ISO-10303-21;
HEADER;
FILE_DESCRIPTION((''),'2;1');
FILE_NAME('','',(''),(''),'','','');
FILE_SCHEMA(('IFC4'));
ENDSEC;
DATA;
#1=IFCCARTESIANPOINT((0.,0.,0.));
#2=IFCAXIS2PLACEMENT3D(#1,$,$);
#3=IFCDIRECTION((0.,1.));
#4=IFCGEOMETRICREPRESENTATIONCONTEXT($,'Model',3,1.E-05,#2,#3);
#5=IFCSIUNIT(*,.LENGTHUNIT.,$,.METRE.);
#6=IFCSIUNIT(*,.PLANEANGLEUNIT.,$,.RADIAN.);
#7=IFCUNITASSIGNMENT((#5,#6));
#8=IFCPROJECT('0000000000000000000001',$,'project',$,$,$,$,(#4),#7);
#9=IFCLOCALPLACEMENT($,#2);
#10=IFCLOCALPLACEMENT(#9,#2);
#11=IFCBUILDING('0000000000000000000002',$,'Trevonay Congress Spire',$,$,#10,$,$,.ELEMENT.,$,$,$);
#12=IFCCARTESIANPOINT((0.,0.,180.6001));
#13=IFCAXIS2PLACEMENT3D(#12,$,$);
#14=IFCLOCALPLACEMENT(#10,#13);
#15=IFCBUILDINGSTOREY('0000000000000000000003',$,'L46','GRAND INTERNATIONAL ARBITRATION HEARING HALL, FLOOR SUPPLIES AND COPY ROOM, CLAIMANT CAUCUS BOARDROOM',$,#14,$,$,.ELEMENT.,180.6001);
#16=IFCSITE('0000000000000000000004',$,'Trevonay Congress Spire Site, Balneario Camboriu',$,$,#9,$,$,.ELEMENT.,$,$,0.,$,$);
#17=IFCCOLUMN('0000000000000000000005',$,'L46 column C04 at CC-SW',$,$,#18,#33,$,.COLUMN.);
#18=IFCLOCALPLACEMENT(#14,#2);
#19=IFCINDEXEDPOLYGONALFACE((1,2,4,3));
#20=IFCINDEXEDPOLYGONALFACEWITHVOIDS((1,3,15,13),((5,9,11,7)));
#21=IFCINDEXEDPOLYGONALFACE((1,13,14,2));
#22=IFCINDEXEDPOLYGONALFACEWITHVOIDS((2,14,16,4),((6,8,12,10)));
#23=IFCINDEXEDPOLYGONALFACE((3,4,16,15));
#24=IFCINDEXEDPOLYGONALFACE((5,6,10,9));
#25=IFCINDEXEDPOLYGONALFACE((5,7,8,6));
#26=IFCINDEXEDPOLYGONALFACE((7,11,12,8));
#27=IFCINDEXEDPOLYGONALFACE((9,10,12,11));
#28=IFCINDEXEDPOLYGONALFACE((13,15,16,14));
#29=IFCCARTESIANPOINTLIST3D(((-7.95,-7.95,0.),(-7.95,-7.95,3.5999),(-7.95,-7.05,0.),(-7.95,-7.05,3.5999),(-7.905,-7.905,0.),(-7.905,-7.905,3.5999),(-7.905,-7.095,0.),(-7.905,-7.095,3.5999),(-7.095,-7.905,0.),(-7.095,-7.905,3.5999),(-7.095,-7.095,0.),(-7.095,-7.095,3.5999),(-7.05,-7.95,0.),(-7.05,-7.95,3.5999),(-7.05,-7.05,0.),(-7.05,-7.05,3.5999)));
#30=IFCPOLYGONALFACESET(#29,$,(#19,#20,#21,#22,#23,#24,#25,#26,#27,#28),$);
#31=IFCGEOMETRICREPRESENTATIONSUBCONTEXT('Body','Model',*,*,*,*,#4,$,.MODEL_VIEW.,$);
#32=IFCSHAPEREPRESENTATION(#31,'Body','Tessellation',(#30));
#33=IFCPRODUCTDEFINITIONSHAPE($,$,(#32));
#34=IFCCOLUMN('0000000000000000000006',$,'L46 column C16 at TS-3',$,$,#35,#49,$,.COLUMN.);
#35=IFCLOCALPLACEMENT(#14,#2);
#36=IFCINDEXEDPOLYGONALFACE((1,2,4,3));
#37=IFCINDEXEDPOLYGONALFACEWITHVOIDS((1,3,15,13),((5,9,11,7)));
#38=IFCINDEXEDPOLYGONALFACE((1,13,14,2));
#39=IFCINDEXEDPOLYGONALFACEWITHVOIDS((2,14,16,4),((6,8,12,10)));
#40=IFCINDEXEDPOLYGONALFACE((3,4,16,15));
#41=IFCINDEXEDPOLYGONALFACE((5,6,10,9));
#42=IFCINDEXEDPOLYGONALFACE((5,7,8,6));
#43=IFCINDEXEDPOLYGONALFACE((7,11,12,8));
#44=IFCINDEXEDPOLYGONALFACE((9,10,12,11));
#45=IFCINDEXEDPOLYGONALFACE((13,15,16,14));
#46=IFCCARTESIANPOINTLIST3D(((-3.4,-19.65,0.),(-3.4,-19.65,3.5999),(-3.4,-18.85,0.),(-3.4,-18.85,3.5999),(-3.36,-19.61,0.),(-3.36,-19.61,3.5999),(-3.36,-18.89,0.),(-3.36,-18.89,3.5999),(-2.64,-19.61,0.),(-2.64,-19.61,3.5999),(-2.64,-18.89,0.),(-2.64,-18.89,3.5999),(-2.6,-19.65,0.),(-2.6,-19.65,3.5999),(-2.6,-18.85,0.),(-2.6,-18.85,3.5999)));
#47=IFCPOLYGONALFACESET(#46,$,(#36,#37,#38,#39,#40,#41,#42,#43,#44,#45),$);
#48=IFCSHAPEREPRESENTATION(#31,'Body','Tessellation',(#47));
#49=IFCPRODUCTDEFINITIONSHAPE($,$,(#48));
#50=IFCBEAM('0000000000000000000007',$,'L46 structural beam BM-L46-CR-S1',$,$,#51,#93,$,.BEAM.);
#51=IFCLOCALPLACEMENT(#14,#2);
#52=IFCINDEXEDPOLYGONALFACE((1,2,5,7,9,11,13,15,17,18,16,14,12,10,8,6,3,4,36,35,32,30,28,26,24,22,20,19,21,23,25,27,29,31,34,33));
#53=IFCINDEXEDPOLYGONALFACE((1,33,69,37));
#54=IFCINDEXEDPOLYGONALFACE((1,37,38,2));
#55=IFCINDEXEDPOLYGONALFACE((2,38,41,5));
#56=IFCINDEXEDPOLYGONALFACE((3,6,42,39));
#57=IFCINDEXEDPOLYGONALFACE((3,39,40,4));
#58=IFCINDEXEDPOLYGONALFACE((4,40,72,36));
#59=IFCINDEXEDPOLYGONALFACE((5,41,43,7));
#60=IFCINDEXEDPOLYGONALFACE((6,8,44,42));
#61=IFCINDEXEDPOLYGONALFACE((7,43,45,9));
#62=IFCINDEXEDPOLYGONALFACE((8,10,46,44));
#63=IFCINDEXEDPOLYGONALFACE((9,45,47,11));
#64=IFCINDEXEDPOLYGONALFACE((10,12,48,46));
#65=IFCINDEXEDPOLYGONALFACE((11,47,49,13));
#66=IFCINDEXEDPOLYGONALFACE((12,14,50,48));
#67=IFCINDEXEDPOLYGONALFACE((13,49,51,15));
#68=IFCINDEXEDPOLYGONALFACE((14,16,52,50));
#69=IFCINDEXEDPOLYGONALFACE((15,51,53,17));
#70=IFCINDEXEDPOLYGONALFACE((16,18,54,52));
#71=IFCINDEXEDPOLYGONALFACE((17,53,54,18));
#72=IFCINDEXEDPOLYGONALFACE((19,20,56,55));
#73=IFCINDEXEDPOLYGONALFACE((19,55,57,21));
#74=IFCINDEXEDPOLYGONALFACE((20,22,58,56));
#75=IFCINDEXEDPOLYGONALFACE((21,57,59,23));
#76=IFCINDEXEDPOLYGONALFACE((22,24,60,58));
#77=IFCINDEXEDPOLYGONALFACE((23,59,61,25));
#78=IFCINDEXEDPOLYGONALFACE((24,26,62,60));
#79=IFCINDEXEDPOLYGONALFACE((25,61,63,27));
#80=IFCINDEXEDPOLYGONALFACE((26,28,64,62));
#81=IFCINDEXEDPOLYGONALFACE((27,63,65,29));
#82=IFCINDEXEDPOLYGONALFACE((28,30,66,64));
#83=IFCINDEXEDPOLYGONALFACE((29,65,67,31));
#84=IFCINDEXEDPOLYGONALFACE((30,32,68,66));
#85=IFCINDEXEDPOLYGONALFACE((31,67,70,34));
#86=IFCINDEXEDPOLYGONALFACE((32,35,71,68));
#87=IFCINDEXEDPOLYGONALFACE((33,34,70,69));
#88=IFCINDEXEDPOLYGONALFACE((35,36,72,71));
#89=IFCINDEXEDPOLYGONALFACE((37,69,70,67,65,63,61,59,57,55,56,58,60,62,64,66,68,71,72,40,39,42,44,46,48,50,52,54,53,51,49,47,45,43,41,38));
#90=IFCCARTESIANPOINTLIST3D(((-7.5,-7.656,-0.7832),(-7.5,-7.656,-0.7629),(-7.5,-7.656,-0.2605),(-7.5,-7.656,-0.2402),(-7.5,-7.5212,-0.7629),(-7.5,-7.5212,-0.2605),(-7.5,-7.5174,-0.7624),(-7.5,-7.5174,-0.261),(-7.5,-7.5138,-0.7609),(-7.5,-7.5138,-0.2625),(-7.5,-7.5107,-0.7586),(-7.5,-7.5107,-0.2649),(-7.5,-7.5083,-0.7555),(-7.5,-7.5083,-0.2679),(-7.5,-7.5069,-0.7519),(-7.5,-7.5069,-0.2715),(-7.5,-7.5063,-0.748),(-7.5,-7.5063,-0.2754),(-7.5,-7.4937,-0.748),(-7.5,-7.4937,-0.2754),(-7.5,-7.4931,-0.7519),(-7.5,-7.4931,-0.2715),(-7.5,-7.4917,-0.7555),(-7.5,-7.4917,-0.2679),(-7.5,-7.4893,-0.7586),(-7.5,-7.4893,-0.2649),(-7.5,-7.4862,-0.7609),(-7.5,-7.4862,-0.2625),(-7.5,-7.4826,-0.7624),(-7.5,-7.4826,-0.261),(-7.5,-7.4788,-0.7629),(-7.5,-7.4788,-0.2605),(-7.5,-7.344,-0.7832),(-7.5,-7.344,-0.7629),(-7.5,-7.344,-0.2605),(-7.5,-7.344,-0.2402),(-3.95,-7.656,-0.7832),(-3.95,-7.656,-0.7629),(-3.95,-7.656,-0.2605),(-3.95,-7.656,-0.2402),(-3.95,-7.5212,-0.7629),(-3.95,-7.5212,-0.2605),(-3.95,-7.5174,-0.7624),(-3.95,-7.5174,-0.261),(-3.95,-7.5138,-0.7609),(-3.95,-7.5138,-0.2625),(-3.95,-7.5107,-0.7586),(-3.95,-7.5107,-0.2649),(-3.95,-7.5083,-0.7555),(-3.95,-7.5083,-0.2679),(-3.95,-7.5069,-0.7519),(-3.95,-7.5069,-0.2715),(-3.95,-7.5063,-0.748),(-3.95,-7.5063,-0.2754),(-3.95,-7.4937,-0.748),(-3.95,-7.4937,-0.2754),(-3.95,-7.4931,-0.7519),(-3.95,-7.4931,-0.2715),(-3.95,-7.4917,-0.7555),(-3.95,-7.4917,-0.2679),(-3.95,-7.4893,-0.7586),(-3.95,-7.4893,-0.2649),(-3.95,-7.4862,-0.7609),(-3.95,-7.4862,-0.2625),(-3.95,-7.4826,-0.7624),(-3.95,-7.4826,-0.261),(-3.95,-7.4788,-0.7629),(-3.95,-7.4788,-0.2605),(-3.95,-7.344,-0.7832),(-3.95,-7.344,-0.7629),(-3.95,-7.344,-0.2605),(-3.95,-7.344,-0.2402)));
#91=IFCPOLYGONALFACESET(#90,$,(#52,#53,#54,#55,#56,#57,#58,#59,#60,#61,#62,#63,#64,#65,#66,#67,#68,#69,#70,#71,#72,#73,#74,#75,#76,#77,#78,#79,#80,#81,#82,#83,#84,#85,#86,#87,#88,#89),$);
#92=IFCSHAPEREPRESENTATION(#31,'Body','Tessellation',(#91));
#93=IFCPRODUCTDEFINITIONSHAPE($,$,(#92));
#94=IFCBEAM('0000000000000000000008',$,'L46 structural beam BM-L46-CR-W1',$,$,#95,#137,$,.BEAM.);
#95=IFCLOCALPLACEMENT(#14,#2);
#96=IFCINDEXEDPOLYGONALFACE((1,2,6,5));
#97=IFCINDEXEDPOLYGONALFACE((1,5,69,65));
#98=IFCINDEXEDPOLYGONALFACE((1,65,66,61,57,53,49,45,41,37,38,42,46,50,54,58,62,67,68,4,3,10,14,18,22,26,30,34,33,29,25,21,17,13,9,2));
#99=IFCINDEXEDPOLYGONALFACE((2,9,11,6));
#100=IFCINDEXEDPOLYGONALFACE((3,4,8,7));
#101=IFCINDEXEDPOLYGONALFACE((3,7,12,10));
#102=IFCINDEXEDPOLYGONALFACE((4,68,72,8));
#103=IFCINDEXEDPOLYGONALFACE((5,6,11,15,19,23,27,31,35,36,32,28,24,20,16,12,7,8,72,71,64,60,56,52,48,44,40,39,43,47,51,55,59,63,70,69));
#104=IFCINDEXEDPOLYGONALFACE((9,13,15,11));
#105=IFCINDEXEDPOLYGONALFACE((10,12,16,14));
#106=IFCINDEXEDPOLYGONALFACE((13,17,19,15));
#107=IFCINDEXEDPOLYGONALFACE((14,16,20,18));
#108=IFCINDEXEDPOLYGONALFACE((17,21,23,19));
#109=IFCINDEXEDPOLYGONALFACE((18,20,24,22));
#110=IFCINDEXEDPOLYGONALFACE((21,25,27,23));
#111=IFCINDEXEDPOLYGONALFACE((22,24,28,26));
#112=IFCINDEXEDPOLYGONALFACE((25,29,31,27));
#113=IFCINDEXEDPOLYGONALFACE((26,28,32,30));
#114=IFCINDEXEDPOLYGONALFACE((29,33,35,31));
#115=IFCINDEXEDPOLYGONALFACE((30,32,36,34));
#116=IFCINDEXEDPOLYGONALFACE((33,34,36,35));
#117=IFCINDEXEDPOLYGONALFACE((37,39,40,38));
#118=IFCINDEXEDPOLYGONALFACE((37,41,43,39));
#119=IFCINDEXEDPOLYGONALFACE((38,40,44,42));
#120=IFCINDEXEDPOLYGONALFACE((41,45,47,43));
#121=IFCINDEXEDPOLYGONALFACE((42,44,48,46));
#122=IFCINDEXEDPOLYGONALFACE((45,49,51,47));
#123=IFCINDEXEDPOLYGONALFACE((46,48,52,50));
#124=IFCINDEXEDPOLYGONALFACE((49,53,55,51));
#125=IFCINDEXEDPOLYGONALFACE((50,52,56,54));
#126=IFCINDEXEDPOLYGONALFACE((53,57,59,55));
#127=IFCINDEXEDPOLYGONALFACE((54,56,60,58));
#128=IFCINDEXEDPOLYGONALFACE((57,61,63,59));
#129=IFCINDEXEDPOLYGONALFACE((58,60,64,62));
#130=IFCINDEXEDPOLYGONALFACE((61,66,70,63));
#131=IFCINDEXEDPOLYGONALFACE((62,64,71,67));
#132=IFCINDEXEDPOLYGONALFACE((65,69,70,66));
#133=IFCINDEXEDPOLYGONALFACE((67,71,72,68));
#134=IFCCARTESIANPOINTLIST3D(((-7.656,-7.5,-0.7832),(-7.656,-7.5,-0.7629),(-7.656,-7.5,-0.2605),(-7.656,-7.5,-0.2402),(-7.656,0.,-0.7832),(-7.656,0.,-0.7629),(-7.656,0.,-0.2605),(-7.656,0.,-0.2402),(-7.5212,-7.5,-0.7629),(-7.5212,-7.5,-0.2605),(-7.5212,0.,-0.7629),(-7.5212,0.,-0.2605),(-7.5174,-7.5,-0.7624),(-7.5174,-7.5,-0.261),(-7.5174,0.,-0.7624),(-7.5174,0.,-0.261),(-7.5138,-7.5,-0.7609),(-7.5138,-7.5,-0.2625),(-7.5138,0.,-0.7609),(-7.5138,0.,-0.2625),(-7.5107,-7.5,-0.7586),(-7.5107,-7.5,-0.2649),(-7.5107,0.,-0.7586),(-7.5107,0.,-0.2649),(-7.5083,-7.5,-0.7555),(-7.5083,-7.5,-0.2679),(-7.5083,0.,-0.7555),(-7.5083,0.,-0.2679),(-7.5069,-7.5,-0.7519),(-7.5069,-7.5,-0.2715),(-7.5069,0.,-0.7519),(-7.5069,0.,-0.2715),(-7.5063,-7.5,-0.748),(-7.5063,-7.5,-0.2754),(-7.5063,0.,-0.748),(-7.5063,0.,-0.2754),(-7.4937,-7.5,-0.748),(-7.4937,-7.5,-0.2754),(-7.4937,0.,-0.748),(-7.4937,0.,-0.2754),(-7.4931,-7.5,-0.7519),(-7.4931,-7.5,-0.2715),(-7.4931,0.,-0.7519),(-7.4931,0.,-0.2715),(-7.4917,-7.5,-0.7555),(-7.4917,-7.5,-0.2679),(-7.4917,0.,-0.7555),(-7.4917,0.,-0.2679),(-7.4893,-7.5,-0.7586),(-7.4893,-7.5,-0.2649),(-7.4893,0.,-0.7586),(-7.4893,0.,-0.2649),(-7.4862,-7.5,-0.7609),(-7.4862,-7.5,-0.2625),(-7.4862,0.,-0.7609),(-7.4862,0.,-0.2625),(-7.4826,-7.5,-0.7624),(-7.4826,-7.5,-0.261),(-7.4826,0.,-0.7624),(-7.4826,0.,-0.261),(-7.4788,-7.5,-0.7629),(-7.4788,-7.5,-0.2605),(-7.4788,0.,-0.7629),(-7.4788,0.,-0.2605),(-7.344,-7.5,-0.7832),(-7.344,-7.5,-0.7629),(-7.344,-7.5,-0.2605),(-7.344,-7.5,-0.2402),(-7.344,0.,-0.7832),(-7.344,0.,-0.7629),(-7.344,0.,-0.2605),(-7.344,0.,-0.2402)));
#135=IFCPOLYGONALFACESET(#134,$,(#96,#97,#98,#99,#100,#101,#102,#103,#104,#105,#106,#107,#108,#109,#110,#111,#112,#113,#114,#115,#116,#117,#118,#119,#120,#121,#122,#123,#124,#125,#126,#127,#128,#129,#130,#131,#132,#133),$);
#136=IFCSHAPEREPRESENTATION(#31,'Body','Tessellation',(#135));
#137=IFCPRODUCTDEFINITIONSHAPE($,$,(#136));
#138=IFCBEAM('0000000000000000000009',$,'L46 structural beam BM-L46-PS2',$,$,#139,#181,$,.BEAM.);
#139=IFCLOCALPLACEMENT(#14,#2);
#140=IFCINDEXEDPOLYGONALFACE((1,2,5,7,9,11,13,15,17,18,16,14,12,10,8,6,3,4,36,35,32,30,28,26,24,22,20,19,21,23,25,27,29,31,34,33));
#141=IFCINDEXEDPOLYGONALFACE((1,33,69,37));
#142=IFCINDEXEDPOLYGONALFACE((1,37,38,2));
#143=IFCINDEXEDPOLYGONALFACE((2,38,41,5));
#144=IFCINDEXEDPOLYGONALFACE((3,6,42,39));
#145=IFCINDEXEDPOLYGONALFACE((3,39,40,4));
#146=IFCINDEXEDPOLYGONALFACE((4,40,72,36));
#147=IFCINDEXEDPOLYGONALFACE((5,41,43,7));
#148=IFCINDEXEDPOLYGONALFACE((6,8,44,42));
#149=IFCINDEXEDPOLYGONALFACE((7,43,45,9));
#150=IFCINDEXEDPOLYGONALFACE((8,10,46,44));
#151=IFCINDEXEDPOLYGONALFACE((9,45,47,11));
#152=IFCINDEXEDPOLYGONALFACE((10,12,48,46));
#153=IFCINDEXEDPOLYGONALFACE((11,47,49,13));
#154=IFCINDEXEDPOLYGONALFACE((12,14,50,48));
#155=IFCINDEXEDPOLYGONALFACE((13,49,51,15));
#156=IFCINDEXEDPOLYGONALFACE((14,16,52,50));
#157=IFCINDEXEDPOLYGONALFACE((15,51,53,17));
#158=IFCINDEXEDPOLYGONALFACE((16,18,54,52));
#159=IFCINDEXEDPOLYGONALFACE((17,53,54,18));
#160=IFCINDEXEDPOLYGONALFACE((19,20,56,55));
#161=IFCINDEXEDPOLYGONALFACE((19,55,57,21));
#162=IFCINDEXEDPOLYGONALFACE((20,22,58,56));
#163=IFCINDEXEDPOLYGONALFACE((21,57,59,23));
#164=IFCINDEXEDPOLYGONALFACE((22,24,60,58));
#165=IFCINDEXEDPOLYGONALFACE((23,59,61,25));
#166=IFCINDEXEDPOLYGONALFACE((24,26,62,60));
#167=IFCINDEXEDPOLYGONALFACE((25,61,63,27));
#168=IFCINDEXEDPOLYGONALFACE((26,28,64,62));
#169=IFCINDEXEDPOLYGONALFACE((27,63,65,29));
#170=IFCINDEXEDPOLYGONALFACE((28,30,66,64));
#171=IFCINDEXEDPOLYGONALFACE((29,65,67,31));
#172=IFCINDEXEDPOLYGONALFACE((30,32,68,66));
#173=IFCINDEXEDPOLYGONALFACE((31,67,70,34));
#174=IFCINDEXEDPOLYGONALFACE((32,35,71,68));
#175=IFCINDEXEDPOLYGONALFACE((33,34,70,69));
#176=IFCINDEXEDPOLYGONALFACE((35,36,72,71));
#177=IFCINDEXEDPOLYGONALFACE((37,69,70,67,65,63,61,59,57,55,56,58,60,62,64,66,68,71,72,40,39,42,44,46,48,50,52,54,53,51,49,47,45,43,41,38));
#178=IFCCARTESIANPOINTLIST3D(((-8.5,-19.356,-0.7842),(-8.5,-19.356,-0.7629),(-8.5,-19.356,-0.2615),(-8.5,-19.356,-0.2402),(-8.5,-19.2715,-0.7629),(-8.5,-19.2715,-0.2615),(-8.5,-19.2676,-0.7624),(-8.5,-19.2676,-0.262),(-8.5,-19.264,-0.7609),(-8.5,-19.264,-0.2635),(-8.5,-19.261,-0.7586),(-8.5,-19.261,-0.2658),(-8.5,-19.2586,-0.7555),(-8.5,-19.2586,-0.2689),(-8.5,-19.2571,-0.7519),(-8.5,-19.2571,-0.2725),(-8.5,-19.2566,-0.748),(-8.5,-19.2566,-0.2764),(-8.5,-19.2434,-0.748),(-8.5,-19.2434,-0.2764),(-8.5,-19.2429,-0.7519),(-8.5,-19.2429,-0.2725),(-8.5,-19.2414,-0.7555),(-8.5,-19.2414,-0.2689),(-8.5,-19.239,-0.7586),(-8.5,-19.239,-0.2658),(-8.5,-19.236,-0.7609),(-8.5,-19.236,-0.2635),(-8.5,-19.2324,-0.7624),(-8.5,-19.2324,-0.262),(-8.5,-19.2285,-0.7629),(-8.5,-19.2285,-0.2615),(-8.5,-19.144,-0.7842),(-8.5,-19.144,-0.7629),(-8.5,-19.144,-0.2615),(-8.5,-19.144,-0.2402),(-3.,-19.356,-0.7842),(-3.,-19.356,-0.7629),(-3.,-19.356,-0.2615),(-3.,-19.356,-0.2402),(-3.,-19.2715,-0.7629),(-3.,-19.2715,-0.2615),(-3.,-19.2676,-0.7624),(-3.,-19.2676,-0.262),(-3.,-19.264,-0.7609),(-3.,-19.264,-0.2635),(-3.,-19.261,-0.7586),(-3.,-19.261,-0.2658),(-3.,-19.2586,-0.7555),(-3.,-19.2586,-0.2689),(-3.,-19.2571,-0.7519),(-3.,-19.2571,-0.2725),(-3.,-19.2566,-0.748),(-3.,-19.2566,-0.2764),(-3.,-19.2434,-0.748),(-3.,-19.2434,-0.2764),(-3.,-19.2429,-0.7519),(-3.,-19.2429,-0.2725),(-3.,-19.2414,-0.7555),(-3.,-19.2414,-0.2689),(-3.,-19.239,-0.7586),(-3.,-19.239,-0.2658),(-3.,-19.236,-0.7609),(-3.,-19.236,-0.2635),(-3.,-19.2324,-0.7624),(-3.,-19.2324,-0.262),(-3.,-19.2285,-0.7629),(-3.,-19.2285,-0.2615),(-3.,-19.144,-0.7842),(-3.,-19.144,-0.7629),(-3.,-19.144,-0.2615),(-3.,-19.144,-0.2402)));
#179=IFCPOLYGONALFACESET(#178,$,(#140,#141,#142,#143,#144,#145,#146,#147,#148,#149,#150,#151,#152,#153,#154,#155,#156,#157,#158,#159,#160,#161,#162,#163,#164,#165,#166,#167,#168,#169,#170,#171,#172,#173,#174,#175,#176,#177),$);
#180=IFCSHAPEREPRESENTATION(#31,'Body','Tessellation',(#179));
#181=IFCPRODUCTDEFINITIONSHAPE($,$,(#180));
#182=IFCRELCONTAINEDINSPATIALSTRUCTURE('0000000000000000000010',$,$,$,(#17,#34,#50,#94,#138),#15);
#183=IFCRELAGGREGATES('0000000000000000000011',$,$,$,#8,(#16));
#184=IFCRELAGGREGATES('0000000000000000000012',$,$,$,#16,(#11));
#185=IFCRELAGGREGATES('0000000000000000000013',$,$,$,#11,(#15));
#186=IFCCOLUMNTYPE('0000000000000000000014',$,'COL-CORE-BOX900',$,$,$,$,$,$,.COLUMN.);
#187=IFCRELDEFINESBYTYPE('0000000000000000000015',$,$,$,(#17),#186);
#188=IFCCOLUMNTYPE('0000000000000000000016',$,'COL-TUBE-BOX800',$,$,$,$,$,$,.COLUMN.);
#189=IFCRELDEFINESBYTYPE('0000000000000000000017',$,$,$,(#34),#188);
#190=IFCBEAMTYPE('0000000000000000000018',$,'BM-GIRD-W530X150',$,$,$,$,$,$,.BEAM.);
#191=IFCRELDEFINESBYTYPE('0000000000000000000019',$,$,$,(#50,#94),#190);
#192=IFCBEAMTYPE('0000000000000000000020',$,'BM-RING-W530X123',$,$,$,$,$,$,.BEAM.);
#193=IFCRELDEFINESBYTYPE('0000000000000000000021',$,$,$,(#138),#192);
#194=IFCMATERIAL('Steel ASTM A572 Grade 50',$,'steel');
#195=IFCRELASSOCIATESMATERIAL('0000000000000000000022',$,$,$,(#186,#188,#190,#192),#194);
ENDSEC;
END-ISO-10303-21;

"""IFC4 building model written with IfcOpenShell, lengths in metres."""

from ifc_helpers import new_model, si_unit, direction, frame, origin, origin_2d, place, context, subcontext, project, spatial, hollow_rectangle, i_section, extrude, material, material_profile, profile_set, type_object, element, save


model = new_model("IFC4")

# Units and contexts
model_context = context("Model", 3, precision=1e-05, world=origin(), true_north=direction((0.0, 1.0)))
body_context = subcontext(model_context, "Body", "Model", "MODEL_VIEW")
ifc_project = project(units=[si_unit("LENGTHUNIT", "METRE"), si_unit("PLANEANGLEUNIT", "RADIAN")], contexts=[model_context])

# Site, building, storey
site_placement = place(None, origin())
site = spatial("IfcSite", under=ifc_project, at=site_placement, Name="Trevonay Congress Spire Site, Balneario Camboriu", CompositionType="ELEMENT", RefElevation=0.0)
building_placement = place(site_placement, origin())
building = spatial("IfcBuilding", under=site, at=building_placement, Name="Trevonay Congress Spire", CompositionType="ELEMENT")
storey_placement = place(building_placement, frame((0.0, 0.0, 180.6001)))
storey = spatial("IfcBuildingStorey", under=building, at=storey_placement, Name="L46", Description="GRAND INTERNATIONAL ARBITRATION HEARING HALL, FLOOR SUPPLIES AND COPY ROOM, CLAIMANT CAUCUS BOARDROOM", CompositionType="ELEMENT", Elevation=180.6001)

# Columns
ifc_material_1 = material(Name="Steel ASTM A572 Grade 50", Category="steel")
ifc_material_profile_1 = material_profile(ifc_material_1, hollow_rectangle(XDim=0.8999, YDim=0.8999, WallThickness=0.0449, at=origin_2d()), Name="BOX 900x900x45")
ifc_profile_set_1 = profile_set([ifc_material_profile_1], Name="Steel ASTM A572 Grade 50")
column_type_1 = type_object("IfcColumnType", Name="COL-CORE-BOX900", PredefinedType="COLUMN", material=ifc_profile_set_1)
column_1_placement = place(storey_placement, frame((-7.5, -7.5, 0.0), z_axis=(0.0, 0.0, 1.0), x_axis=(1.0, 0.0, 0.0)))
element("IfcColumn", 1, at=column_1_placement, inside=storey, type_object=column_type_1, Name="L46 column C04 at CC-SW", PredefinedType="COLUMN", context=body_context, shape_type="SweptSolid", body=[
    extrude(hollow_rectangle(XDim=0.8999, YDim=0.8999, WallThickness=0.0449, at=origin_2d()), origin(), (0.0, 0.0, 1.0), 3.5999),
])
ifc_material_profile_2 = material_profile(ifc_material_1, hollow_rectangle(XDim=0.8, YDim=0.8, WallThickness=0.04, at=origin_2d()), Name="BOX 800x800x40")
ifc_profile_set_2 = profile_set([ifc_material_profile_2], Name="Steel ASTM A572 Grade 50")
column_type_2 = type_object("IfcColumnType", Name="COL-TUBE-BOX800", PredefinedType="COLUMN", material=ifc_profile_set_2)
column_2_placement = place(storey_placement, frame((-3.0, -19.25, 0.0), z_axis=(0.0, 0.0, 1.0), x_axis=(1.0, 0.0, 0.0)))
element("IfcColumn", 2, at=column_2_placement, inside=storey, type_object=column_type_2, Name="L46 column C16 at TS-3", PredefinedType="COLUMN", context=body_context, shape_type="SweptSolid", body=[
    extrude(hollow_rectangle(XDim=0.8, YDim=0.8, WallThickness=0.04, at=origin_2d()), origin(), (0.0, 0.0, 1.0), 3.5999),
])

# Beams
ifc_material_profile_3 = material_profile(ifc_material_1, i_section(OverallWidth=0.312, OverallDepth=0.543, WebThickness=0.0127, FlangeThickness=0.0203, FilletRadius=0.0149, at=origin_2d()), Name="W530x150")
ifc_profile_set_3 = profile_set([ifc_material_profile_3], Name="Steel ASTM A572 Grade 50")
beam_type_1 = type_object("IfcBeamType", Name="BM-GIRD-W530X150", PredefinedType="BEAM", material=ifc_profile_set_3)
beam_1_placement = place(storey_placement, frame((-7.5, -7.5, -0.5117), z_axis=(1.0, 0.0, 0.0), x_axis=(0.0, 1.0, 0.0)))
element("IfcBeam", 3, at=beam_1_placement, inside=storey, type_object=beam_type_1, Name="L46 structural beam BM-L46-CR-S1", PredefinedType="BEAM", context=body_context, shape_type="SweptSolid", body=[
    extrude(i_section(OverallWidth=0.312, OverallDepth=0.543, WebThickness=0.0127, FlangeThickness=0.0203, FilletRadius=0.0149, at=origin_2d()), origin(), (0.0, 0.0, 1.0), 3.55),
])
beam_2_placement = place(storey_placement, frame((-7.5, -7.5, -0.5117), z_axis=(0.0, 1.0, 0.0), x_axis=(-1.0, 0.0, 0.0)))
element("IfcBeam", 4, at=beam_2_placement, inside=storey, type_object=beam_type_1, Name="L46 structural beam BM-L46-CR-W1", PredefinedType="BEAM", context=body_context, shape_type="SweptSolid", body=[
    extrude(i_section(OverallWidth=0.312, OverallDepth=0.543, WebThickness=0.0127, FlangeThickness=0.0203, FilletRadius=0.0149, at=origin_2d()), origin(), (0.0, 0.0, 1.0), 7.5),
])
ifc_material_profile_4 = material_profile(ifc_material_1, i_section(OverallWidth=0.2119, OverallDepth=0.5439, WebThickness=0.0132, FlangeThickness=0.0212, FilletRadius=0.0149, at=origin_2d()), Name="W530x123")
ifc_profile_set_4 = profile_set([ifc_material_profile_4], Name="Steel ASTM A572 Grade 50")
beam_type_2 = type_object("IfcBeamType", Name="BM-RING-W530X123", PredefinedType="BEAM", material=ifc_profile_set_4)
beam_3_placement = place(storey_placement, frame((-8.5, -19.25, -0.5122), z_axis=(1.0, 0.0, 0.0), x_axis=(0.0, 1.0, 0.0)))
element("IfcBeam", 5, at=beam_3_placement, inside=storey, type_object=beam_type_2, Name="L46 structural beam BM-L46-PS2", PredefinedType="BEAM", context=body_context, shape_type="SweptSolid", body=[
    extrude(i_section(OverallWidth=0.2119, OverallDepth=0.5439, WebThickness=0.0132, FlangeThickness=0.0212, FilletRadius=0.0149, at=origin_2d()), origin(), (0.0, 0.0, 1.0), 5.5),
])

save(model, "model.ifc")
